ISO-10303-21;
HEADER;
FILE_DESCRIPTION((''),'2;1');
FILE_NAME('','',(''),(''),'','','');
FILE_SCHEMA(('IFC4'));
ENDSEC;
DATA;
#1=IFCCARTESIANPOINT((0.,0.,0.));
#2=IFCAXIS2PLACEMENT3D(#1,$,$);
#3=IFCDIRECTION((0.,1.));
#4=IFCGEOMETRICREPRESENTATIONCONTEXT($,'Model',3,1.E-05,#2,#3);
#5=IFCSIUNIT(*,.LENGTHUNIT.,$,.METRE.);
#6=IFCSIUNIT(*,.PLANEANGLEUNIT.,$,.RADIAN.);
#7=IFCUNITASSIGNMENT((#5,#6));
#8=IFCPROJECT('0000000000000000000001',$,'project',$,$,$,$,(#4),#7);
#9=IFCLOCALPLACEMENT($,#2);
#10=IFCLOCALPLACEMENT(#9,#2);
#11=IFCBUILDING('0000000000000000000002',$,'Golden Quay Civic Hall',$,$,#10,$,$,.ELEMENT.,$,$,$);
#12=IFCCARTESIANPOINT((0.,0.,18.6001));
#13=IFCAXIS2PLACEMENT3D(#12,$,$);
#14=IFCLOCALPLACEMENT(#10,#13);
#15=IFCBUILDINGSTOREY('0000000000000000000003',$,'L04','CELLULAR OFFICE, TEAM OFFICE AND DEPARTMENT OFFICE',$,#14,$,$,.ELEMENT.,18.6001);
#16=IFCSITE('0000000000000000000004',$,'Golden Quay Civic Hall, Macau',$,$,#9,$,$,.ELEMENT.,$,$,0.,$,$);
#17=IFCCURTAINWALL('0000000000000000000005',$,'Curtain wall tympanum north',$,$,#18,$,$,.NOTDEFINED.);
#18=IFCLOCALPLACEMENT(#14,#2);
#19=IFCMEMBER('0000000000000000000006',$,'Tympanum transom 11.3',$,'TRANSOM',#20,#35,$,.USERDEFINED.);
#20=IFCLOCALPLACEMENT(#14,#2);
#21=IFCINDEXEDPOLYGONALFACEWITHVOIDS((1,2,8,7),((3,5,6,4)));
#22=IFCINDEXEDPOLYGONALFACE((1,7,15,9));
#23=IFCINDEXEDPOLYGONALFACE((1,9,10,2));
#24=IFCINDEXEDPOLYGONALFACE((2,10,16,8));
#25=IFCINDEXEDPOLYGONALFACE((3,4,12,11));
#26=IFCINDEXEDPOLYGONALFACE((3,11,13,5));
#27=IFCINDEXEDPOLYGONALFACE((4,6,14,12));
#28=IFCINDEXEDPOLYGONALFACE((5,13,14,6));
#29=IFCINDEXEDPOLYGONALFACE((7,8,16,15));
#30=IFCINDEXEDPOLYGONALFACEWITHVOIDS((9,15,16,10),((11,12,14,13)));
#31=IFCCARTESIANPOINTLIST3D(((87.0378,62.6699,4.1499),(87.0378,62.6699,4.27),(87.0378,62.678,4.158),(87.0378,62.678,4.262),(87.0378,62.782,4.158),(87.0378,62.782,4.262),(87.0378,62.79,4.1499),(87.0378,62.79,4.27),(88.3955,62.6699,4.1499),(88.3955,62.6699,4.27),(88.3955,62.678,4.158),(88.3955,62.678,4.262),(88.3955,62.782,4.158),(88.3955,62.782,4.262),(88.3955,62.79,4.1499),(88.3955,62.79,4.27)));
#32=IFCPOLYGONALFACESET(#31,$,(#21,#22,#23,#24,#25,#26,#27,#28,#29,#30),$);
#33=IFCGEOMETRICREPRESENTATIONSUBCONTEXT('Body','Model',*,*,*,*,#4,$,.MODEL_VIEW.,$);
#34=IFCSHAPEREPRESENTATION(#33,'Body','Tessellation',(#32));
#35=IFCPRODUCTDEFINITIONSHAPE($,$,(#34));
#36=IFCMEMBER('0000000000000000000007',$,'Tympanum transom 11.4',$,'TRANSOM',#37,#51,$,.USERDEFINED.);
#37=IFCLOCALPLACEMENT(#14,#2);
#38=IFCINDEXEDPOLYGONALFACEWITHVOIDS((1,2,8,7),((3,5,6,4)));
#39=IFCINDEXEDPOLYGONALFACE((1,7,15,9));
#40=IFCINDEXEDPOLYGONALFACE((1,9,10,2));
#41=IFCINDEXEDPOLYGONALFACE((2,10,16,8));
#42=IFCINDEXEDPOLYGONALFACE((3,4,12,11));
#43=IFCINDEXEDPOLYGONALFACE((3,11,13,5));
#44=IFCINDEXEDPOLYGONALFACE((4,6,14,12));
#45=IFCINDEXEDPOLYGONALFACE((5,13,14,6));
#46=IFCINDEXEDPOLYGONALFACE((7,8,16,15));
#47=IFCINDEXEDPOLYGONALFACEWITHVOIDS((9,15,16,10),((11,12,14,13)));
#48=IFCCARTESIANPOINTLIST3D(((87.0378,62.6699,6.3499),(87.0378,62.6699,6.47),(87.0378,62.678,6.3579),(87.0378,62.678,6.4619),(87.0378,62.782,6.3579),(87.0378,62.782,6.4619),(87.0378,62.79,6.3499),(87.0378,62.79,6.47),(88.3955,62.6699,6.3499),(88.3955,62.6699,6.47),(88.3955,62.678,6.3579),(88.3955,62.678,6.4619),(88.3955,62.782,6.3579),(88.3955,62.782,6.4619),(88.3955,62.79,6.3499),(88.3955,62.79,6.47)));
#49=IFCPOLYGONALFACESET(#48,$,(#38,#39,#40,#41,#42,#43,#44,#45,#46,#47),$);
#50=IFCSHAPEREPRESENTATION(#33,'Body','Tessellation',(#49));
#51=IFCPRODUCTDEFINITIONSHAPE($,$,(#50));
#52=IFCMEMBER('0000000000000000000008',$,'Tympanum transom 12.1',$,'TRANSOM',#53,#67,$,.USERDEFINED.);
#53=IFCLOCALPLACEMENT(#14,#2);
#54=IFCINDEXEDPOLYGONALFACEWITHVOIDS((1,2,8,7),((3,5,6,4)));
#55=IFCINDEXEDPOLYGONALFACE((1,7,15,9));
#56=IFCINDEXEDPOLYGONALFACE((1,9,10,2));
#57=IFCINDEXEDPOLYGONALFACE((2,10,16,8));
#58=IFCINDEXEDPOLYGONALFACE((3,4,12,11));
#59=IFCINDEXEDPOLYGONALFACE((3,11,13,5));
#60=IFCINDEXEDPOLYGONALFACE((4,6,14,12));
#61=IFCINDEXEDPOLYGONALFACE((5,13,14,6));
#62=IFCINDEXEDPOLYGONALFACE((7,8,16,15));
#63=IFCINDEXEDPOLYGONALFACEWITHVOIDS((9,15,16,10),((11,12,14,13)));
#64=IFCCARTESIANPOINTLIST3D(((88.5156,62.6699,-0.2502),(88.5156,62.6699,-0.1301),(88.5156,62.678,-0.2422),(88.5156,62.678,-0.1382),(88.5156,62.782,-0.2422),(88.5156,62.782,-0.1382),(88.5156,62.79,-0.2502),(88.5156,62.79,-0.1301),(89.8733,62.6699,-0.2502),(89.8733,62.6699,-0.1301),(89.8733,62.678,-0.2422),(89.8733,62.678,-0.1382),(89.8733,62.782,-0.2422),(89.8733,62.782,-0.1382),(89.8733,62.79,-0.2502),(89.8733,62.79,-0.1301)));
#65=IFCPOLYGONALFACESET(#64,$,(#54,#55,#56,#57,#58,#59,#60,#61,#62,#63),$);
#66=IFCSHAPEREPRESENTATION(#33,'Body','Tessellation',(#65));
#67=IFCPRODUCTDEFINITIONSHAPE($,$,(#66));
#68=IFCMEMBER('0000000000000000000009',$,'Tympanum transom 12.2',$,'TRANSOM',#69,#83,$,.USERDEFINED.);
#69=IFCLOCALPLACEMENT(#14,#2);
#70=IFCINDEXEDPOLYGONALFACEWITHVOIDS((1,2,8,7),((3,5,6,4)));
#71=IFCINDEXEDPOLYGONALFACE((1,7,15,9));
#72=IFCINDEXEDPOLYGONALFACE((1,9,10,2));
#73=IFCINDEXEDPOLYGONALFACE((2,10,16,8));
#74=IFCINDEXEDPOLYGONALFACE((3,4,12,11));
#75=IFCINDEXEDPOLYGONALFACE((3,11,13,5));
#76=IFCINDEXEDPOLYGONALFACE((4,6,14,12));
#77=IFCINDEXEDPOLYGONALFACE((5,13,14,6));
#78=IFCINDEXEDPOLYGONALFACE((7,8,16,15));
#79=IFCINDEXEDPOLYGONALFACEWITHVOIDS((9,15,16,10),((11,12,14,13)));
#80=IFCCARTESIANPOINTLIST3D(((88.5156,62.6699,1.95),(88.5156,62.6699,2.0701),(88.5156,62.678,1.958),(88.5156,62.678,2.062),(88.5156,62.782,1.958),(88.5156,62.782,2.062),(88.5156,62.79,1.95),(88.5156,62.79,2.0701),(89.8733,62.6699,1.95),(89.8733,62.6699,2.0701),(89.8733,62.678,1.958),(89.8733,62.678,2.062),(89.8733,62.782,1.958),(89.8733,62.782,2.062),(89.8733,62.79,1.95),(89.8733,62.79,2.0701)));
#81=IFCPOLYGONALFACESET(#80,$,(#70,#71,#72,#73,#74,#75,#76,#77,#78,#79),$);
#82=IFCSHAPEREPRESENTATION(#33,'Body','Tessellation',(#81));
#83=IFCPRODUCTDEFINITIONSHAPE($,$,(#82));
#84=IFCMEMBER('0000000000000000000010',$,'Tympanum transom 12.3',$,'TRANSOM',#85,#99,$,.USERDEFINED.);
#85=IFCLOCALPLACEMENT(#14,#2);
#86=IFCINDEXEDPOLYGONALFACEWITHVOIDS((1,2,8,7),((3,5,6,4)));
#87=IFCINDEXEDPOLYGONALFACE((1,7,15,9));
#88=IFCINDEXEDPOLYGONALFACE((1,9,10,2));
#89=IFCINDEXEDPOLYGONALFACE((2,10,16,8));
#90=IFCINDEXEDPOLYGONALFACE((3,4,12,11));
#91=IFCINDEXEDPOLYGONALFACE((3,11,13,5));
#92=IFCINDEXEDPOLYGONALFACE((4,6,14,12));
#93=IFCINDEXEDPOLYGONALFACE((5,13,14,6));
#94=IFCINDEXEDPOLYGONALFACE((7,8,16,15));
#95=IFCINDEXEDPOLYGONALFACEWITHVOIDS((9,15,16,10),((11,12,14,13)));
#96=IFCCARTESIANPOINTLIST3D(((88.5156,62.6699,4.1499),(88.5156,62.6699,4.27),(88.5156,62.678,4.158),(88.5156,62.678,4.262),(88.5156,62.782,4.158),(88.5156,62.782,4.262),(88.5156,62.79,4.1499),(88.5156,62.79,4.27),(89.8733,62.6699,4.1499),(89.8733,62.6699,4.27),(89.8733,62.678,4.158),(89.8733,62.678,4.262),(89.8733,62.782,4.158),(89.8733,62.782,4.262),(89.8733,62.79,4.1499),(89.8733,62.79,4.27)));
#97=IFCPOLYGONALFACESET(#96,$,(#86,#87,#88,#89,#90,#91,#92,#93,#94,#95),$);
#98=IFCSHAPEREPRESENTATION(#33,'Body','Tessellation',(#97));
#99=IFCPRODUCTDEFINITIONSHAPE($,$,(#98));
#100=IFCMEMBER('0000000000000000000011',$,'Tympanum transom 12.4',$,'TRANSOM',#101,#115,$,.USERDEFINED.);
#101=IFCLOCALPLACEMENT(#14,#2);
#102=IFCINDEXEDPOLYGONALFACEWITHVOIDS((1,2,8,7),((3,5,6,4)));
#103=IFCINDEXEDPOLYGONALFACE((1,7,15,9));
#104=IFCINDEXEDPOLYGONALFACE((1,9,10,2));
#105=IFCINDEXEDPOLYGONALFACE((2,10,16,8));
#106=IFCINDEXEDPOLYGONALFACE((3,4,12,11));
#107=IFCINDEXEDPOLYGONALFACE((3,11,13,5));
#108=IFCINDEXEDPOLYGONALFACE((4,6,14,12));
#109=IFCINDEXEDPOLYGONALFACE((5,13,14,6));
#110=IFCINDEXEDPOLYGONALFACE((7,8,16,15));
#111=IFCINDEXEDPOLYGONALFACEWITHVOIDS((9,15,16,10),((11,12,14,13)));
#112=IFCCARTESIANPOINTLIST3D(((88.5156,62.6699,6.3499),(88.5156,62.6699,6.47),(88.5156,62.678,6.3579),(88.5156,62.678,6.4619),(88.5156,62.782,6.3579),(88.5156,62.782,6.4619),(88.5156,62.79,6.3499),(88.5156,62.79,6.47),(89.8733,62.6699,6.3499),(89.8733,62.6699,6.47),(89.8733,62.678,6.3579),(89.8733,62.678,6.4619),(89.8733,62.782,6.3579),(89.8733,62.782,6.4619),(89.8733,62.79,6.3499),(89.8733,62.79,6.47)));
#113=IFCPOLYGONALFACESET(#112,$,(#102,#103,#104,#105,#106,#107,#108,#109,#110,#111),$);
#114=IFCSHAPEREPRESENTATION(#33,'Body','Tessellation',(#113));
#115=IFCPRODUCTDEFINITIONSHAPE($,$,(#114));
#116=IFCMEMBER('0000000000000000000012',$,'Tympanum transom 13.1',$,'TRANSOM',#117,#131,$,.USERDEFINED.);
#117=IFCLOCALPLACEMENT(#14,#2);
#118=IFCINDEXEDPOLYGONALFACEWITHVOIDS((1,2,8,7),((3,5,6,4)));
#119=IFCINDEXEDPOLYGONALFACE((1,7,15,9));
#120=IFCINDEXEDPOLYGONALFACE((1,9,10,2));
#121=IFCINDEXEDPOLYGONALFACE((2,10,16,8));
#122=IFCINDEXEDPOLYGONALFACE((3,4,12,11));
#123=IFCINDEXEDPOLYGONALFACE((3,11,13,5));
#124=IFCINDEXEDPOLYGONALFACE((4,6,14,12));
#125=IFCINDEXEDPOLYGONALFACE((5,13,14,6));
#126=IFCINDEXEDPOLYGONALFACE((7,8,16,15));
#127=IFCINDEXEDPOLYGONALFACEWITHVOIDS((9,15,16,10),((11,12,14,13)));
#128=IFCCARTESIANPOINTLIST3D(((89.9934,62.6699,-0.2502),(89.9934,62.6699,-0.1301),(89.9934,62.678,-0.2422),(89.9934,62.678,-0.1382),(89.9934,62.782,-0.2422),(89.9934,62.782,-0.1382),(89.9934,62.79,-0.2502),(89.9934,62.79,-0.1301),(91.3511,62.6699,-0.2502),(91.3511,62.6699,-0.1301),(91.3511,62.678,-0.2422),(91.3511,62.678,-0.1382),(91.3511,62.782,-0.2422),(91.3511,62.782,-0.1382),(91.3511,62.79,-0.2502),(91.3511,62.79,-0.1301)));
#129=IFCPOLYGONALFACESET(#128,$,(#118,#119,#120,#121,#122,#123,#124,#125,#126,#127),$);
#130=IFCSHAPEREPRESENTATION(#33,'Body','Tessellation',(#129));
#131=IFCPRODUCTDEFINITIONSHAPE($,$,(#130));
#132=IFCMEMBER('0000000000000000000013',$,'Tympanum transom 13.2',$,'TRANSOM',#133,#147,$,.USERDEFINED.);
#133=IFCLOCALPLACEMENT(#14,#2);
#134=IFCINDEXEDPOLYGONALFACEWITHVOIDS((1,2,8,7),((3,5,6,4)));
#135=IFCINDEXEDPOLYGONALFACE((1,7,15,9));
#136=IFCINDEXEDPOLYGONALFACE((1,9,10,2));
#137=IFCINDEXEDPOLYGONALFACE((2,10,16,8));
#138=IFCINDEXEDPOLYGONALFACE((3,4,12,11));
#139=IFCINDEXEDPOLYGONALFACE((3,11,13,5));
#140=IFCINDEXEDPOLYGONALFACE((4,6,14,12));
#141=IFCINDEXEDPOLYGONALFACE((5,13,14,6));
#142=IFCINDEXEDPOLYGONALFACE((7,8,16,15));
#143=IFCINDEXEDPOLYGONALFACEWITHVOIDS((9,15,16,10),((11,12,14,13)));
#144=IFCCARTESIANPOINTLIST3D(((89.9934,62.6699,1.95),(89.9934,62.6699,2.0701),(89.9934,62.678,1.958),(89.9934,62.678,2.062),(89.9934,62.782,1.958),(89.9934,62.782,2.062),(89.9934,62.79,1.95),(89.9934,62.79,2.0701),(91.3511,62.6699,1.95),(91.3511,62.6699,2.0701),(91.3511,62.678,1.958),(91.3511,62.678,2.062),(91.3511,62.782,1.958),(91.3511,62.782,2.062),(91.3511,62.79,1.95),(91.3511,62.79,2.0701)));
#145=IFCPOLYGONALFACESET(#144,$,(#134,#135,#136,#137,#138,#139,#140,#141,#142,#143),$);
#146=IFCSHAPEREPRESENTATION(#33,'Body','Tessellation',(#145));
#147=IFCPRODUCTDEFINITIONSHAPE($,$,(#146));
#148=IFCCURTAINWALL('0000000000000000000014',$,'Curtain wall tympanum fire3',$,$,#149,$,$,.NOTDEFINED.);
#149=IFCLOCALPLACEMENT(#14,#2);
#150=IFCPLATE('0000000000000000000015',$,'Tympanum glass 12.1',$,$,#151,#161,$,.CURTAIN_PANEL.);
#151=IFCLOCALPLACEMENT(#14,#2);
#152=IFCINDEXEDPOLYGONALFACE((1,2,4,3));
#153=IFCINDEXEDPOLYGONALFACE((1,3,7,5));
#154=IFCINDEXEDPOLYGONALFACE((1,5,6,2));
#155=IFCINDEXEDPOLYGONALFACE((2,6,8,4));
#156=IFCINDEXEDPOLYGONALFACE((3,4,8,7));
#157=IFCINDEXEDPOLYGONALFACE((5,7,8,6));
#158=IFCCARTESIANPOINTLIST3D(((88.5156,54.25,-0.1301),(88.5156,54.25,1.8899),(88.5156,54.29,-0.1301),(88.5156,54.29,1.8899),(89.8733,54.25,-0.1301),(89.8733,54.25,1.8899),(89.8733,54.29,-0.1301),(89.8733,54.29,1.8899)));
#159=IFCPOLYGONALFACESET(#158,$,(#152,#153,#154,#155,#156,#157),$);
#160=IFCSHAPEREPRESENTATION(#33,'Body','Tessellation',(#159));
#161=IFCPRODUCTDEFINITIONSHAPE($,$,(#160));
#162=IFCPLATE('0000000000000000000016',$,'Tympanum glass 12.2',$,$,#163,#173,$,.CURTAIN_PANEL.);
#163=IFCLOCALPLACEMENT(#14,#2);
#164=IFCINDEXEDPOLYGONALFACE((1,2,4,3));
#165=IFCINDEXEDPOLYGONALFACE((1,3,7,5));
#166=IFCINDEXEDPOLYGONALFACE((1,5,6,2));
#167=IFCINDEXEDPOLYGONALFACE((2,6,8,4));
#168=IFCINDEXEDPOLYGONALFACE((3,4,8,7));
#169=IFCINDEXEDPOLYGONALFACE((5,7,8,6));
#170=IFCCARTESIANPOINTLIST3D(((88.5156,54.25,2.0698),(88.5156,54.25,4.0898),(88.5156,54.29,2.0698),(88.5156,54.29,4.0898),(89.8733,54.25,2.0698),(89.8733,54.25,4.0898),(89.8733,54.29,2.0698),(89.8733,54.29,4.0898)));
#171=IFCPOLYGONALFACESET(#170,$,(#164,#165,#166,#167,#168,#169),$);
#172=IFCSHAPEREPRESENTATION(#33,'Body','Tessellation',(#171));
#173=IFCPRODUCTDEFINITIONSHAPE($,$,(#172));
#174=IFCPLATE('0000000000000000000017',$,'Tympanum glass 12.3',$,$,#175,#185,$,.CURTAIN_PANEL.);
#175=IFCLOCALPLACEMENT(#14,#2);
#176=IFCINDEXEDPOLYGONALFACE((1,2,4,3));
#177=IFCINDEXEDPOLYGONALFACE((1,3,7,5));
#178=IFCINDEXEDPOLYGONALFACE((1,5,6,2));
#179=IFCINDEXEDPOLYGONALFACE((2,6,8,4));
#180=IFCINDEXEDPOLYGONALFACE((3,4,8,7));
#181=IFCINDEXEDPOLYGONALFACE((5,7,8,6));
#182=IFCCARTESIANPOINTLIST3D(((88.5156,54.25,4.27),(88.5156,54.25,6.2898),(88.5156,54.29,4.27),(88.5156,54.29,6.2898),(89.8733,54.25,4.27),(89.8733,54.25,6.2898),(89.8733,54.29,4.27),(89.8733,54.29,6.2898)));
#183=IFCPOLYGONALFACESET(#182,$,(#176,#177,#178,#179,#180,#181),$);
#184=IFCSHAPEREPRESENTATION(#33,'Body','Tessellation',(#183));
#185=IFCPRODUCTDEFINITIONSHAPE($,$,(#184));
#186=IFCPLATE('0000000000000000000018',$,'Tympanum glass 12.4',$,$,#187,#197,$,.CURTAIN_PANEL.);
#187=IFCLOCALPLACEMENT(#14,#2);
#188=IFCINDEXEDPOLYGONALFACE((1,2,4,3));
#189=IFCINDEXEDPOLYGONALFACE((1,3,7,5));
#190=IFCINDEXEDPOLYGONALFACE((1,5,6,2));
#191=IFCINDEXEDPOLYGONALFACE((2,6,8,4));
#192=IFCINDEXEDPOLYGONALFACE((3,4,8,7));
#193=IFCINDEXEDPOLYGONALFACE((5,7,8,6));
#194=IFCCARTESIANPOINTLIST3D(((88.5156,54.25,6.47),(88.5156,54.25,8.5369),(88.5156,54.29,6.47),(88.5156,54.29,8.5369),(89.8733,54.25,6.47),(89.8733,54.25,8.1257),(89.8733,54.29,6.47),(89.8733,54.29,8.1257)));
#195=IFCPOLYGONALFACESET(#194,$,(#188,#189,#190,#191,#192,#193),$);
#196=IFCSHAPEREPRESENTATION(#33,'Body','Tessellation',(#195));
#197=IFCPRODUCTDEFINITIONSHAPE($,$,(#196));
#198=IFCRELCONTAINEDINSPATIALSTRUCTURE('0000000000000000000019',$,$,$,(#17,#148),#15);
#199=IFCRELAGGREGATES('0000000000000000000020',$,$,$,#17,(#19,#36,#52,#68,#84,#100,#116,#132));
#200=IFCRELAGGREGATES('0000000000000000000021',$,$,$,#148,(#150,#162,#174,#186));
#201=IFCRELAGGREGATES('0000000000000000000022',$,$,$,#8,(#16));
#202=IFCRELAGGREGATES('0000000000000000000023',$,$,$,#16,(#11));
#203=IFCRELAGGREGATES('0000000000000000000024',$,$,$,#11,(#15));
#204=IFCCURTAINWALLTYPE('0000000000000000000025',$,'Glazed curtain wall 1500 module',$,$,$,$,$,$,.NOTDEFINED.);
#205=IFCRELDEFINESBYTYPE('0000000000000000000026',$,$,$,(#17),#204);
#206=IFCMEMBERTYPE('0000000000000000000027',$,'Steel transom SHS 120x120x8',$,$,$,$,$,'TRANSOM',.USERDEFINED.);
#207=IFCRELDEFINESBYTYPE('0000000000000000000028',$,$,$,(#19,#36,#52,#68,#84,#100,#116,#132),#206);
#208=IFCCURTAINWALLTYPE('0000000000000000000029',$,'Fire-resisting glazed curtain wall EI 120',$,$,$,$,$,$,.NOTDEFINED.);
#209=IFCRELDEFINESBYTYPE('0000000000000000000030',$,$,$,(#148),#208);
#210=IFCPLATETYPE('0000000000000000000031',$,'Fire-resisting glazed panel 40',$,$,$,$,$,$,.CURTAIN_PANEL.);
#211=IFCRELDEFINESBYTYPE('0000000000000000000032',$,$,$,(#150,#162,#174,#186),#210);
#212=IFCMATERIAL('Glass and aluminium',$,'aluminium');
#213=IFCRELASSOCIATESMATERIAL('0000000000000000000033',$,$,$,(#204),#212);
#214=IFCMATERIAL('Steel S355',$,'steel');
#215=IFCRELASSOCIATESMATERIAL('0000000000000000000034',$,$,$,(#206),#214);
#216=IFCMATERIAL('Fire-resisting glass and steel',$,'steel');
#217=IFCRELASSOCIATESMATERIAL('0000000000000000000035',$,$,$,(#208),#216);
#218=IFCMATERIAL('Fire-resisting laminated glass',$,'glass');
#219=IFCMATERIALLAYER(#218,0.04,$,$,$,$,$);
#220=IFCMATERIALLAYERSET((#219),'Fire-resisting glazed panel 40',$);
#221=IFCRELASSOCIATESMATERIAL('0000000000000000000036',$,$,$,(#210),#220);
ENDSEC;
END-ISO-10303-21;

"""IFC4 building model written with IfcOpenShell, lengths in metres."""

from ifc_helpers import new_model, si_unit, direction, frame, origin, origin_2d, place, context, subcontext, project, spatial, polyline, hollow_rectangle, outline, extrude, material, layer, layer_set, material_profile, profile_set, type_object, element, aggregate, save


model = new_model("IFC4")

# Units and contexts
model_context = context("Model", 3, precision=1e-05, world=origin(), true_north=direction((0.0, 1.0)))
body_context = subcontext(model_context, "Body", "Model", "MODEL_VIEW")
ifc_project = project(units=[si_unit("LENGTHUNIT", "METRE"), si_unit("PLANEANGLEUNIT", "RADIAN")], contexts=[model_context])

# Site, building, storey
site_placement = place(None, origin())
site = spatial("IfcSite", under=ifc_project, at=site_placement, Name="Golden Quay Civic Hall, Macau", CompositionType="ELEMENT", RefElevation=0.0)
building_placement = place(site_placement, origin())
building = spatial("IfcBuilding", under=site, at=building_placement, Name="Golden Quay Civic Hall", CompositionType="ELEMENT")
storey_placement = place(building_placement, frame((0.0, 0.0, 18.6001)))
storey = spatial("IfcBuildingStorey", under=building, at=storey_placement, Name="L04", Description="CELLULAR OFFICE, TEAM OFFICE AND DEPARTMENT OFFICE", CompositionType="ELEMENT", Elevation=18.6001)

# Curtain wall, members
ifc_material_1 = material(Name="Glass and aluminium", Category="aluminium")
curtain_wall_type_1 = type_object("IfcCurtainWallType", Name="Glazed curtain wall 1500 module", PredefinedType="NOTDEFINED", material=ifc_material_1)
curtain_wall_1_placement = place(storey_placement, origin())
curtain_wall_1 = element("IfcCurtainWall", 1, at=curtain_wall_1_placement, inside=storey, type_object=curtain_wall_type_1, Name="Curtain wall tympanum north", PredefinedType="NOTDEFINED")
ifc_material_2 = material(Name="Steel S355", Category="steel")
ifc_material_profile_1 = material_profile(ifc_material_2, hollow_rectangle(XDim=0.1201, YDim=0.1201, WallThickness=0.0081, at=origin_2d()), Name="SHS 120x120x8")
ifc_profile_set_1 = profile_set([ifc_material_profile_1], Name="Steel S355")
member_type_1 = type_object("IfcMemberType", Name="Steel transom SHS 120x120x8", ElementType="TRANSOM", PredefinedType="USERDEFINED", material=ifc_profile_set_1)
member_1_placement = place(storey_placement, frame((87.0378, 62.73, 4.21), z_axis=(1.0, 0.0, 0.0), x_axis=(0.0, 1.0, 0.0)))
member_1 = element("IfcMember", 2, at=member_1_placement, type_object=member_type_1, Name="Tympanum transom 11.3", ObjectType="TRANSOM", PredefinedType="USERDEFINED", context=body_context, shape_type="SweptSolid", body=[
    extrude(hollow_rectangle(XDim=0.1201, YDim=0.1201, WallThickness=0.0081, at=origin_2d()), origin(), (0.0, 0.0, 1.0), 1.3577),
])
member_2_placement = place(storey_placement, frame((87.0378, 62.73, 6.4099), z_axis=(1.0, 0.0, 0.0), x_axis=(0.0, 1.0, 0.0)))
member_2 = element("IfcMember", 3, at=member_2_placement, type_object=member_type_1, Name="Tympanum transom 11.4", ObjectType="TRANSOM", PredefinedType="USERDEFINED", context=body_context, shape_type="SweptSolid", body=[
    extrude(hollow_rectangle(XDim=0.1201, YDim=0.1201, WallThickness=0.0081, at=origin_2d()), origin(), (0.0, 0.0, 1.0), 1.3577),
])
member_3_placement = place(storey_placement, frame((88.5156, 62.73, -0.1902), z_axis=(1.0, 0.0, 0.0), x_axis=(0.0, 1.0, 0.0)))
member_3 = element("IfcMember", 4, at=member_3_placement, type_object=member_type_1, Name="Tympanum transom 12.1", ObjectType="TRANSOM", PredefinedType="USERDEFINED", context=body_context, shape_type="SweptSolid", body=[
    extrude(hollow_rectangle(XDim=0.1201, YDim=0.1201, WallThickness=0.0081, at=origin_2d()), origin(), (0.0, 0.0, 1.0), 1.3577),
])
member_4_placement = place(storey_placement, frame((88.5156, 62.73, 2.01), z_axis=(1.0, 0.0, 0.0), x_axis=(0.0, 1.0, 0.0)))
member_4 = element("IfcMember", 5, at=member_4_placement, type_object=member_type_1, Name="Tympanum transom 12.2", ObjectType="TRANSOM", PredefinedType="USERDEFINED", context=body_context, shape_type="SweptSolid", body=[
    extrude(hollow_rectangle(XDim=0.1201, YDim=0.1201, WallThickness=0.0081, at=origin_2d()), origin(), (0.0, 0.0, 1.0), 1.3577),
])
member_5_placement = place(storey_placement, frame((88.5156, 62.73, 4.21), z_axis=(1.0, 0.0, 0.0), x_axis=(0.0, 1.0, 0.0)))
member_5 = element("IfcMember", 6, at=member_5_placement, type_object=member_type_1, Name="Tympanum transom 12.3", ObjectType="TRANSOM", PredefinedType="USERDEFINED", context=body_context, shape_type="SweptSolid", body=[
    extrude(hollow_rectangle(XDim=0.1201, YDim=0.1201, WallThickness=0.0081, at=origin_2d()), origin(), (0.0, 0.0, 1.0), 1.3577),
])
member_6_placement = place(storey_placement, frame((88.5156, 62.73, 6.4099), z_axis=(1.0, 0.0, 0.0), x_axis=(0.0, 1.0, 0.0)))
member_6 = element("IfcMember", 7, at=member_6_placement, type_object=member_type_1, Name="Tympanum transom 12.4", ObjectType="TRANSOM", PredefinedType="USERDEFINED", context=body_context, shape_type="SweptSolid", body=[
    extrude(hollow_rectangle(XDim=0.1201, YDim=0.1201, WallThickness=0.0081, at=origin_2d()), origin(), (0.0, 0.0, 1.0), 1.3577),
])
member_7_placement = place(storey_placement, frame((89.9934, 62.73, -0.1902), z_axis=(1.0, 0.0, 0.0), x_axis=(0.0, 1.0, 0.0)))
member_7 = element("IfcMember", 8, at=member_7_placement, type_object=member_type_1, Name="Tympanum transom 13.1", ObjectType="TRANSOM", PredefinedType="USERDEFINED", context=body_context, shape_type="SweptSolid", body=[
    extrude(hollow_rectangle(XDim=0.1201, YDim=0.1201, WallThickness=0.0081, at=origin_2d()), origin(), (0.0, 0.0, 1.0), 1.3577),
])
member_8_placement = place(storey_placement, frame((89.9934, 62.73, 2.01), z_axis=(1.0, 0.0, 0.0), x_axis=(0.0, 1.0, 0.0)))
member_8 = element("IfcMember", 9, at=member_8_placement, type_object=member_type_1, Name="Tympanum transom 13.2", ObjectType="TRANSOM", PredefinedType="USERDEFINED", context=body_context, shape_type="SweptSolid", body=[
    extrude(hollow_rectangle(XDim=0.1201, YDim=0.1201, WallThickness=0.0081, at=origin_2d()), origin(), (0.0, 0.0, 1.0), 1.3577),
])
aggregate(curtain_wall_1, [member_1, member_2, member_3, member_4, member_5, member_6, member_7, member_8])

# Curtain wall, plates
ifc_material_3 = material(Name="Fire-resisting glass and steel", Category="steel")
curtain_wall_type_2 = type_object("IfcCurtainWallType", Name="Fire-resisting glazed curtain wall EI 120", PredefinedType="NOTDEFINED", material=ifc_material_3)
curtain_wall_2_placement = place(storey_placement, origin())
curtain_wall_2 = element("IfcCurtainWall", 10, at=curtain_wall_2_placement, inside=storey, type_object=curtain_wall_type_2, Name="Curtain wall tympanum fire3", PredefinedType="NOTDEFINED")
ifc_material_4 = material(Name="Fire-resisting laminated glass", Category="glass")
ifc_layer = layer(ifc_material_4, 0.04)
ifc_layer_set = layer_set([ifc_layer], Name="Fire-resisting glazed panel 40")
plate_type = type_object("IfcPlateType", Name="Fire-resisting glazed panel 40", PredefinedType="CURTAIN_PANEL", material=ifc_layer_set)
plate_1_placement = place(storey_placement, frame((89.8733, 54.29, -0.1301), z_axis=(0.0, 1.0, 0.0), x_axis=(-1.0, 0.0, 0.0)))
plate_1 = element("IfcPlate", 11, at=plate_1_placement, type_object=plate_type, Name="Tympanum glass 12.1", PredefinedType="CURTAIN_PANEL", context=body_context, shape_type="SweptSolid", body=[
    extrude(outline(polyline([(0.0, 0.0), (1.3577, 0.0), (1.3577, 2.02), (0.0, 2.02), (0.0, 0.0)])), origin(), (0.0, 0.0, -1.0), 0.04),
])
plate_2_placement = place(storey_placement, frame((89.8733, 54.29, 2.0698), z_axis=(0.0, 1.0, 0.0), x_axis=(-1.0, 0.0, 0.0)))
plate_2 = element("IfcPlate", 12, at=plate_2_placement, type_object=plate_type, Name="Tympanum glass 12.2", PredefinedType="CURTAIN_PANEL", context=body_context, shape_type="SweptSolid", body=[
    extrude(outline(polyline([(0.0, 0.0), (1.3577, 0.0), (1.3577, 2.02), (0.0, 2.02), (0.0, 0.0)])), origin(), (0.0, 0.0, -1.0), 0.04),
])
plate_3_placement = place(storey_placement, frame((89.8733, 54.29, 4.27), z_axis=(0.0, 1.0, 0.0), x_axis=(-1.0, 0.0, 0.0)))
plate_3 = element("IfcPlate", 13, at=plate_3_placement, type_object=plate_type, Name="Tympanum glass 12.3", PredefinedType="CURTAIN_PANEL", context=body_context, shape_type="SweptSolid", body=[
    extrude(outline(polyline([(0.0, 0.0), (1.3577, 0.0), (1.3577, 2.0198), (0.0, 2.0198), (0.0, 0.0)])), origin(), (0.0, 0.0, -1.0), 0.04),
])
plate_4_placement = place(storey_placement, frame((89.8733, 54.29, 6.47), z_axis=(0.0, 1.0, 0.0), x_axis=(-1.0, 0.0, 0.0)))
plate_4 = element("IfcPlate", 14, at=plate_4_placement, type_object=plate_type, Name="Tympanum glass 12.4", PredefinedType="CURTAIN_PANEL", context=body_context, shape_type="SweptSolid", body=[
    extrude(outline(polyline([(0.0, 0.0), (1.3577, 0.0), (1.3577, 2.0669), (0.0, 1.6558), (0.0, 0.0)])), origin(), (0.0, 0.0, -1.0), 0.04),
])
aggregate(curtain_wall_2, [plate_1, plate_2, plate_3, plate_4])

save(model, "model.ifc")
